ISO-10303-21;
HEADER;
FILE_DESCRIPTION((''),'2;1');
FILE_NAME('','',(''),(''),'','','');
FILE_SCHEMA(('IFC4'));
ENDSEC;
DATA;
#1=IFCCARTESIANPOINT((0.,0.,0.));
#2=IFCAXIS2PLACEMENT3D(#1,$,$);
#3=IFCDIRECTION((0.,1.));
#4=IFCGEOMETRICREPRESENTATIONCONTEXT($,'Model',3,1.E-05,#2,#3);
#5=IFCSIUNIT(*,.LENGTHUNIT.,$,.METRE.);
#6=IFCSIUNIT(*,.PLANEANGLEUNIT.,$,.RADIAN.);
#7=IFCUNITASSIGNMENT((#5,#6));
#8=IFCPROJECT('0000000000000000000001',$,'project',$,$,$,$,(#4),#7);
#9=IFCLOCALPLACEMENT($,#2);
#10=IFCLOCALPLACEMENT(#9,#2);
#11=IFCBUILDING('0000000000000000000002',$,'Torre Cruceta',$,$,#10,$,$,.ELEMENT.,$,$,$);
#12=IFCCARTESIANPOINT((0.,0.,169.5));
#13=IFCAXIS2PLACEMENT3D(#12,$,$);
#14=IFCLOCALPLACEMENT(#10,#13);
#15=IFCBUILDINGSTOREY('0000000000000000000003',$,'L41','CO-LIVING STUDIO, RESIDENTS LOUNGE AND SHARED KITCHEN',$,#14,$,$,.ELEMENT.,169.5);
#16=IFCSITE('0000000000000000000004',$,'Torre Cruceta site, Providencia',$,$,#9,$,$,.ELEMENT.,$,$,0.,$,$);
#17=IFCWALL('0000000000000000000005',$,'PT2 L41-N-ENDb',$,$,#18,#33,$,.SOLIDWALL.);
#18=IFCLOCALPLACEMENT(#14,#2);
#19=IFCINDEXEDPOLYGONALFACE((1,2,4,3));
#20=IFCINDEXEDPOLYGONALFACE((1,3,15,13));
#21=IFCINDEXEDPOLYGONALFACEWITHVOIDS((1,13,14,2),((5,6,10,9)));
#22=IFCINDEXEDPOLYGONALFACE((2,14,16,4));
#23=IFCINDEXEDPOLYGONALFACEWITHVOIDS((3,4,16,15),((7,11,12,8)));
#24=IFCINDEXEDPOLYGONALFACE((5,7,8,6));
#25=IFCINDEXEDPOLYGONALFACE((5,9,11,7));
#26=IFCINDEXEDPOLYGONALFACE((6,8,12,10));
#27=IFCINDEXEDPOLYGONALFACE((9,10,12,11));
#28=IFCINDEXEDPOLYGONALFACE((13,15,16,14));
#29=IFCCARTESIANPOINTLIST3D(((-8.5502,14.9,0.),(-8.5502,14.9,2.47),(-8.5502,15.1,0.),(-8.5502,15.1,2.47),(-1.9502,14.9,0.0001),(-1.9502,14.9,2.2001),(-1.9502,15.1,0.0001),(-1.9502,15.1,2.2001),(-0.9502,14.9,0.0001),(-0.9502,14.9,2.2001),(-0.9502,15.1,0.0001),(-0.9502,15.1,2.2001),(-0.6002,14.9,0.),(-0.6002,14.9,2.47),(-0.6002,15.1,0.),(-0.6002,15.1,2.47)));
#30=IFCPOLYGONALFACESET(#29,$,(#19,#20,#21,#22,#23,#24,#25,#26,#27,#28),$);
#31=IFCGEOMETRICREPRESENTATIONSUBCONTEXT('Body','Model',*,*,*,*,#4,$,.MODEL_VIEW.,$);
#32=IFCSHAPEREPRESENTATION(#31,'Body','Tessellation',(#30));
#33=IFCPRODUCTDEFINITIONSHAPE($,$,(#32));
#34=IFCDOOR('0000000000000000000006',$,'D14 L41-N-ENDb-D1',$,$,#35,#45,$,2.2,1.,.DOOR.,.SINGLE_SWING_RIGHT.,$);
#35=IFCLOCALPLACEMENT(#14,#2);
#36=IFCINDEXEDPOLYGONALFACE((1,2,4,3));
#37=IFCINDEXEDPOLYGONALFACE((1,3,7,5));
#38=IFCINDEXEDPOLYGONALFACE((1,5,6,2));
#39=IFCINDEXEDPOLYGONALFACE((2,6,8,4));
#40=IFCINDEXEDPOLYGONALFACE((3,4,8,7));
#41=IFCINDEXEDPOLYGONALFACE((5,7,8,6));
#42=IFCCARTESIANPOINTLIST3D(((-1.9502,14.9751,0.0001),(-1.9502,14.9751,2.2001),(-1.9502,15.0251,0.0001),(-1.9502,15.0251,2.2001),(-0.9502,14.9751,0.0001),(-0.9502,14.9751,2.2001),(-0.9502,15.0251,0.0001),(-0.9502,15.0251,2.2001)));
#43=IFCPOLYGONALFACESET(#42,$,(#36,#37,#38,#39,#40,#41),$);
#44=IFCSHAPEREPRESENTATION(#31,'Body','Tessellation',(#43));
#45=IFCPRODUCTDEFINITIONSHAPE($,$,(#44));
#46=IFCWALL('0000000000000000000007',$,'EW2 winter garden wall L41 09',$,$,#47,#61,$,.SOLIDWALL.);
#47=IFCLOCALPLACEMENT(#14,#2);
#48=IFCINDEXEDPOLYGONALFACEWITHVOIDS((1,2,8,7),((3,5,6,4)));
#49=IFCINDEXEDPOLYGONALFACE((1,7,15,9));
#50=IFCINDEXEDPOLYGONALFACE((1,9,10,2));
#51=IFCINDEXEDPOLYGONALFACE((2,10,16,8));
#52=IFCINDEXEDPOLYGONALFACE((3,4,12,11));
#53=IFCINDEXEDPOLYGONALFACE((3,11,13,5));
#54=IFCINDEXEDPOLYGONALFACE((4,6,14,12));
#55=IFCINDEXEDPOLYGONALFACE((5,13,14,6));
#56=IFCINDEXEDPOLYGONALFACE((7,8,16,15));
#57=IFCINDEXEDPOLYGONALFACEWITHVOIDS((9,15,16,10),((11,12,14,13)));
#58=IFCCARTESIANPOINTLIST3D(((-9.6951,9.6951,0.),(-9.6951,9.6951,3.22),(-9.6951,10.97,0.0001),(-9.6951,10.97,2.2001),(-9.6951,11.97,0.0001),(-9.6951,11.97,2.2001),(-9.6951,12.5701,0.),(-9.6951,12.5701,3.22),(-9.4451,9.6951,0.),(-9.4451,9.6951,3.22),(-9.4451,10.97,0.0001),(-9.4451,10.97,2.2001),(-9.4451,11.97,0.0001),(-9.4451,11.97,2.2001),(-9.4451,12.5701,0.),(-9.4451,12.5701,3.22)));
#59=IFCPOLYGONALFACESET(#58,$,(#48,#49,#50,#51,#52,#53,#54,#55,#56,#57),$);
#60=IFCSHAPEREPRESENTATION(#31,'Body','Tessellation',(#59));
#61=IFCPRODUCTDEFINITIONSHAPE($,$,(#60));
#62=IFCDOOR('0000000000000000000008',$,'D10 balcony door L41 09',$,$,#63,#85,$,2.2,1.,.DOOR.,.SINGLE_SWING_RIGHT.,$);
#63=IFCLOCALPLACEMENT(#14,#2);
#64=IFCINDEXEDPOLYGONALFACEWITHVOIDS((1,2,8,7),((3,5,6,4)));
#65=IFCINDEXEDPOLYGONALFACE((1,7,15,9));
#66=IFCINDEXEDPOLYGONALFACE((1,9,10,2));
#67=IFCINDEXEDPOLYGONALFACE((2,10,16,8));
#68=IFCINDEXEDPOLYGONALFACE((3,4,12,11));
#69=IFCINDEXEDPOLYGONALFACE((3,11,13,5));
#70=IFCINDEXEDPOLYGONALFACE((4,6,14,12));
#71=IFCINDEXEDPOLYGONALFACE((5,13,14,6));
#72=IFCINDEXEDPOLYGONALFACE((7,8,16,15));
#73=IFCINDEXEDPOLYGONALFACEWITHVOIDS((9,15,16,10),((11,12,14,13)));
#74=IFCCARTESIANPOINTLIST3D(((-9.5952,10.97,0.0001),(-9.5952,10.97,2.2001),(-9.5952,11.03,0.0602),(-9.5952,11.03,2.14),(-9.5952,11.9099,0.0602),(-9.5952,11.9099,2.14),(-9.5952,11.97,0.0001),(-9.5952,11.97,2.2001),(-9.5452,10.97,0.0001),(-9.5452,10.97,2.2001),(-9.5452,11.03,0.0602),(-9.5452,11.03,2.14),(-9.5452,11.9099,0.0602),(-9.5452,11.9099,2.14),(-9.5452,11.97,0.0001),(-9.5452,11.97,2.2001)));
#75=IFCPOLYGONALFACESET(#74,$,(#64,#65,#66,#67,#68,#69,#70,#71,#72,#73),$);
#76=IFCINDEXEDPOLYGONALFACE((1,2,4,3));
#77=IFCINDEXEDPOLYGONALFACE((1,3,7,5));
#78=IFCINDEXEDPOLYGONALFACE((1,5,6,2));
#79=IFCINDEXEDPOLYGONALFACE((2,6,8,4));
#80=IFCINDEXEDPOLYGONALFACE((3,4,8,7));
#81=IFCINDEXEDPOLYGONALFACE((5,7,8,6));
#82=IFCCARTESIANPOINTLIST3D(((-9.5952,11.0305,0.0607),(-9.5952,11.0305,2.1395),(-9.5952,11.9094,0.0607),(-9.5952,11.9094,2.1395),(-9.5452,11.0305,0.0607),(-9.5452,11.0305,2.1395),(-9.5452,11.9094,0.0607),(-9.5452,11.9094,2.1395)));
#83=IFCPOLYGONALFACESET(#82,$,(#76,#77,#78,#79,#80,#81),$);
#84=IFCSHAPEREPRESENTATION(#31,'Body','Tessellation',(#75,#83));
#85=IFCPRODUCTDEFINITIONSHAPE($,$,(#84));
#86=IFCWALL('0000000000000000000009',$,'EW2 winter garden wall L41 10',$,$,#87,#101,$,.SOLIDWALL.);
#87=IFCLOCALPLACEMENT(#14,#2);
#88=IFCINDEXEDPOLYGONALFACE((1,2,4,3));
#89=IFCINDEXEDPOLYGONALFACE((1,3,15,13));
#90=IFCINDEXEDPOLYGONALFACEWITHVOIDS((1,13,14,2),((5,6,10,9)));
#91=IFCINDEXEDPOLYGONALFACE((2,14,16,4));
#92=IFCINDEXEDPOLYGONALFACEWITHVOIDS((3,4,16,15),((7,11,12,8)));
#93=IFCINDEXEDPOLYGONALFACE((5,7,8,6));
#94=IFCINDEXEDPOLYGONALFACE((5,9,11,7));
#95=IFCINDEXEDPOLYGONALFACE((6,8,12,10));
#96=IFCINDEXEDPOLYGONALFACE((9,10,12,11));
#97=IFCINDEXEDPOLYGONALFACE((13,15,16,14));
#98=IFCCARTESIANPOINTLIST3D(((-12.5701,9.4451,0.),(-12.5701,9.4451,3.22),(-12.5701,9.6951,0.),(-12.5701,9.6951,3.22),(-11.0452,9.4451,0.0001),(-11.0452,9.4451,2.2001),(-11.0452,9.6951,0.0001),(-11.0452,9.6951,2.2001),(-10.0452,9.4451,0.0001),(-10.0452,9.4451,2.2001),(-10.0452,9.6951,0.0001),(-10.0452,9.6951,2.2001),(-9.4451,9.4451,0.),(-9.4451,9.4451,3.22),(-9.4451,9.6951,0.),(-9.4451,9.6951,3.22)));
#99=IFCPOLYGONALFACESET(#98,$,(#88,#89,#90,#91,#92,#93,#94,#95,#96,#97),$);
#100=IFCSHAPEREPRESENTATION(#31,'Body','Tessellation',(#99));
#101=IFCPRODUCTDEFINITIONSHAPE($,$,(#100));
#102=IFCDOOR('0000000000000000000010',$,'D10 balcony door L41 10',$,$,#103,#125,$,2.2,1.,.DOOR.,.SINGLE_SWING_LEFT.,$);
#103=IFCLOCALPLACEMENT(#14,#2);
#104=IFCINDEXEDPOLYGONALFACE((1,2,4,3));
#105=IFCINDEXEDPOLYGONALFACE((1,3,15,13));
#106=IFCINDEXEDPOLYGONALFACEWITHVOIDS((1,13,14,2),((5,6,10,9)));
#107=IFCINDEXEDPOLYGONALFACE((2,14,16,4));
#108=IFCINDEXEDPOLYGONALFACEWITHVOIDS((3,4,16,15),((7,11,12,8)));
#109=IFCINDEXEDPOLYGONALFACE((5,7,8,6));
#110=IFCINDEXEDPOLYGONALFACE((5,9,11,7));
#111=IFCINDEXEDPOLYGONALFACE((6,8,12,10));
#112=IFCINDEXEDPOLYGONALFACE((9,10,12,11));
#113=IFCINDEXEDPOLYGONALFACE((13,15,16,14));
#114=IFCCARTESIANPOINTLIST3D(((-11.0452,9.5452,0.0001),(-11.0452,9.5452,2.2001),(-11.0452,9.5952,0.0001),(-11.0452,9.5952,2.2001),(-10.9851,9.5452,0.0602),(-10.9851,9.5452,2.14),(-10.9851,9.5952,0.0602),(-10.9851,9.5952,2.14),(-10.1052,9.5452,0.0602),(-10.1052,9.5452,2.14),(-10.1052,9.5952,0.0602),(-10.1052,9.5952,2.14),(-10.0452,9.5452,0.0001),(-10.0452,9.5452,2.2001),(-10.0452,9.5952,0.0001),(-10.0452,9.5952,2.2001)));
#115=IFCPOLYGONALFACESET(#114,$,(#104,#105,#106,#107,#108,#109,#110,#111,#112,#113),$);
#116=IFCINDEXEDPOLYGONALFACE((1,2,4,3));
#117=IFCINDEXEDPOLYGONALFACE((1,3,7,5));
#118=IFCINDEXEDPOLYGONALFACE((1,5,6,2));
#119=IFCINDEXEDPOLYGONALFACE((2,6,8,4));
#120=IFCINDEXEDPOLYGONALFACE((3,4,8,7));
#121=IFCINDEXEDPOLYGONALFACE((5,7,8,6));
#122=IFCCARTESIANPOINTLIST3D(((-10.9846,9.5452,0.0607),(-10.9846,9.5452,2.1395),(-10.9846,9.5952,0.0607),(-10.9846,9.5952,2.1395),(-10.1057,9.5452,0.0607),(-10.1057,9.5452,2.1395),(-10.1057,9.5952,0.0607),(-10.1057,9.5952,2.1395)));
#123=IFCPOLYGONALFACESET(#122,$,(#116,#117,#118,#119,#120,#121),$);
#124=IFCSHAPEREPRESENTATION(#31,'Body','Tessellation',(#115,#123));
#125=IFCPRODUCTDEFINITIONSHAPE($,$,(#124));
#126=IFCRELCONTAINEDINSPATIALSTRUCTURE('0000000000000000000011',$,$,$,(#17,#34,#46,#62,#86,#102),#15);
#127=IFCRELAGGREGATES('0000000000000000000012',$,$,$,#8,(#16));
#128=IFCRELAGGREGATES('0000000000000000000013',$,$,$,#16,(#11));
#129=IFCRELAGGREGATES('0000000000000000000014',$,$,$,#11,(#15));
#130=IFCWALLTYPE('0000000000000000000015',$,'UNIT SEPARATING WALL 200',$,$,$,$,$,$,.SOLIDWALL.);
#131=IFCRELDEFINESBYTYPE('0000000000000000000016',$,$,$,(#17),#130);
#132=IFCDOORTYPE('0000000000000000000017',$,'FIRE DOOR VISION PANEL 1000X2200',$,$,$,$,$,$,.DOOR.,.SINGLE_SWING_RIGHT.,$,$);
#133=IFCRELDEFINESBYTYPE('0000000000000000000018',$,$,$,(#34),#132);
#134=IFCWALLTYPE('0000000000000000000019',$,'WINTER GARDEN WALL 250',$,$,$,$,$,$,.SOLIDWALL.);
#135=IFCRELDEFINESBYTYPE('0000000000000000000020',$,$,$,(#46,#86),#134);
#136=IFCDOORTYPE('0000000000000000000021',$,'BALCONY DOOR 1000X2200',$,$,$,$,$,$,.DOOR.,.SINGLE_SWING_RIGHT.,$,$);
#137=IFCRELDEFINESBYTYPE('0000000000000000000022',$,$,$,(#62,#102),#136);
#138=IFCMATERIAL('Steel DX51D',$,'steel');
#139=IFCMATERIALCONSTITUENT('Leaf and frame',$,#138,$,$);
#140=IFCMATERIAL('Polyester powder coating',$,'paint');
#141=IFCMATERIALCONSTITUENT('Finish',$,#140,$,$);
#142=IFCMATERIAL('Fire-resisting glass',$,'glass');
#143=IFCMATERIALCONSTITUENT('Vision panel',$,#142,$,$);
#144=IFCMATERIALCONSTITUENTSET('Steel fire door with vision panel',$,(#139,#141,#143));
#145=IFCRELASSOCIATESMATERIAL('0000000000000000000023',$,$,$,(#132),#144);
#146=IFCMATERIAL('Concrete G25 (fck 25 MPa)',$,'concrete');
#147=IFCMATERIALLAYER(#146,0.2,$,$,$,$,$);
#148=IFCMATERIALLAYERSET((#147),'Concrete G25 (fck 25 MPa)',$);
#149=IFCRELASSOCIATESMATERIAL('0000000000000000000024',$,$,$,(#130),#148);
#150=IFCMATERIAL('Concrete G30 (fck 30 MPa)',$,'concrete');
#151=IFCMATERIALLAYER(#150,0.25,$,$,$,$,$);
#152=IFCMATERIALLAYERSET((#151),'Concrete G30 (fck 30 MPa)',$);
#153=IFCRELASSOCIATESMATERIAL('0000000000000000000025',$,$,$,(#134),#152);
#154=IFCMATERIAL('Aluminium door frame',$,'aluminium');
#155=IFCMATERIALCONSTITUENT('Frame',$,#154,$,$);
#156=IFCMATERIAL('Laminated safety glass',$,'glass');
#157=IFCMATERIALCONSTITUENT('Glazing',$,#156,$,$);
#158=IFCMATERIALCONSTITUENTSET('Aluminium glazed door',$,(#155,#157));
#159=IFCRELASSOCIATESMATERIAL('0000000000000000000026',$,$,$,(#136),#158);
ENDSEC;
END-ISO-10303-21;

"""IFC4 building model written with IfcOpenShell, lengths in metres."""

from ifc_helpers import new_model, si_unit, direction, frame, frame_2d, origin, place, context, subcontext, project, spatial, rectangle, hollow_rectangle, extrude, material, layer, layer_set, constituent, constituent_set, type_object, element, fill, save


model = new_model("IFC4")

# Units and contexts
model_context = context("Model", 3, precision=1e-05, world=origin(), true_north=direction((0.0, 1.0)))
body_context = subcontext(model_context, "Body", "Model", "MODEL_VIEW")
ifc_project = project(units=[si_unit("LENGTHUNIT", "METRE"), si_unit("PLANEANGLEUNIT", "RADIAN")], contexts=[model_context])

# Site, building, storey
site_placement = place(None, origin())
site = spatial("IfcSite", under=ifc_project, at=site_placement, Name="Torre Cruceta site, Providencia", CompositionType="ELEMENT", RefElevation=0.0)
building_placement = place(site_placement, origin())
building = spatial("IfcBuilding", under=site, at=building_placement, Name="Torre Cruceta", CompositionType="ELEMENT")
storey_placement = place(building_placement, frame((0.0, 0.0, 169.5)))
storey = spatial("IfcBuildingStorey", under=building, at=storey_placement, Name="L41", Description="CO-LIVING STUDIO, RESIDENTS LOUNGE AND SHARED KITCHEN", CompositionType="ELEMENT", Elevation=169.5)

# Shared definitions
ifc_material_1 = material(Name="Steel DX51D", Category="steel")
ifc_constituent_1 = constituent(ifc_material_1, Name="Leaf and frame")
ifc_material_2 = material(Name="Polyester powder coating", Category="paint")
ifc_constituent_2 = constituent(ifc_material_2, Name="Finish")
ifc_material_3 = material(Name="Fire-resisting glass", Category="glass")
ifc_constituent_3 = constituent(ifc_material_3, Name="Vision panel")
ifc_constituent_set_1 = constituent_set(constituents=[ifc_constituent_1, ifc_constituent_2, ifc_constituent_3], Name="Steel fire door with vision panel")
door_type_1 = type_object("IfcDoorType", Name="FIRE DOOR VISION PANEL 1000X2200", OperationType="SINGLE_SWING_RIGHT", PredefinedType="DOOR", material=ifc_constituent_set_1)

# Walls, openings, doors
ifc_material_4 = material(Name="Concrete G25 (fck 25 MPa)", Category="concrete")
ifc_layer_1 = layer(ifc_material_4, 0.2)
ifc_layer_set_1 = layer_set([ifc_layer_1], Name="Concrete G25 (fck 25 MPa)")
wall_type_1 = type_object("IfcWallType", Name="UNIT SEPARATING WALL 200", PredefinedType="SOLIDWALL", material=ifc_layer_set_1)
wall_1_placement = place(storey_placement, frame((-0.6001, 15.0, 0.0), z_axis=(0.0, 0.0, 1.0), x_axis=(-1.0, 0.0, 0.0)))
wall_1 = element("IfcWall", 1, at=wall_1_placement, inside=storey, type_object=wall_type_1, Name="PT2 L41-N-ENDb", PredefinedType="SOLIDWALL", context=body_context, shape_type="SweptSolid", body=[
    extrude(rectangle(XDim=7.95, YDim=0.2, at=frame_2d((3.9751, 0.0))), origin(), (0.0, 0.0, 1.0), 2.47),
])
opening_1_placement = place(wall_1_placement, frame((0.3501, 0.0, 0.0)))
opening_1 = element("IfcOpeningElement", 2, at=opening_1_placement, cuts=wall_1, PredefinedType="OPENING", context=body_context, shape_type="SweptSolid", body=[
    extrude(rectangle(XDim=1.0, YDim=2.2, at=frame_2d((0.5, 1.1001))), frame((0.0, 0.1099, 0.0), z_axis=(0.0, -1.0, 0.0), x_axis=(1.0, 0.0, 0.0)), (0.0, 0.0, 1.0), 0.22),
])
door_1_placement = place(opening_1_placement, frame((1.0, 0.0, 0.0), z_axis=(0.0, 0.0, 1.0), x_axis=(-1.0, 0.0, 0.0)))
door_1 = element("IfcDoor", 3, at=door_1_placement, inside=storey, type_object=door_type_1, Name="D14 L41-N-ENDb-D1", OperationType="SINGLE_SWING_RIGHT", OverallHeight=2.2, OverallWidth=1.0, PredefinedType="DOOR", context=body_context, shape_type="SweptSolid", body=[
    extrude(rectangle(XDim=1.0, YDim=2.2, at=frame_2d((0.5, 1.1001))), frame((0.0, 0.0251, 0.0), z_axis=(0.0, -1.0, 0.0), x_axis=(1.0, 0.0, 0.0)), (0.0, 0.0, 1.0), 0.05),
])
fill(opening_1, door_1)
ifc_material_5 = material(Name="Concrete G30 (fck 30 MPa)", Category="concrete")
ifc_layer_2 = layer(ifc_material_5, 0.25)
ifc_layer_set_2 = layer_set([ifc_layer_2], Name="Concrete G30 (fck 30 MPa)")
wall_type_2 = type_object("IfcWallType", Name="WINTER GARDEN WALL 250", PredefinedType="SOLIDWALL", material=ifc_layer_set_2)
wall_2_placement = place(storey_placement, frame((-9.5701, 12.5701, 0.0), z_axis=(0.0, 0.0, 1.0), x_axis=(0.0, -1.0, 0.0)))
wall_2 = element("IfcWall", 4, at=wall_2_placement, inside=storey, type_object=wall_type_2, Name="EW2 winter garden wall L41 09", PredefinedType="SOLIDWALL", context=body_context, shape_type="SweptSolid", body=[
    extrude(rectangle(XDim=2.875, YDim=0.25, at=frame_2d((1.4375, 0.0))), origin(), (0.0, 0.0, 1.0), 3.22),
])
opening_2_placement = place(wall_2_placement, frame((0.6001, 0.0, 0.0)))
opening_2 = element("IfcOpeningElement", 5, at=opening_2_placement, cuts=wall_2, PredefinedType="OPENING", context=body_context, shape_type="SweptSolid", body=[
    extrude(rectangle(XDim=1.0, YDim=2.2, at=frame_2d((0.5, 1.1001))), frame((0.0, 0.135, 0.0), z_axis=(0.0, -1.0, 0.0), x_axis=(1.0, 0.0, 0.0)), (0.0, 0.0, 1.0), 0.27),
])
ifc_material_6 = material(Name="Aluminium door frame", Category="aluminium")
ifc_constituent_4 = constituent(ifc_material_6, Name="Frame")
ifc_material_7 = material(Name="Laminated safety glass", Category="glass")
ifc_constituent_5 = constituent(ifc_material_7, Name="Glazing")
ifc_constituent_set_2 = constituent_set(constituents=[ifc_constituent_4, ifc_constituent_5], Name="Aluminium glazed door")
door_type_2 = type_object("IfcDoorType", Name="BALCONY DOOR 1000X2200", OperationType="SINGLE_SWING_RIGHT", PredefinedType="DOOR", material=ifc_constituent_set_2)
door_2_placement = place(opening_2_placement, origin())
door_2 = element("IfcDoor", 6, at=door_2_placement, inside=storey, type_object=door_type_2, Name="D10 balcony door L41 09", OperationType="SINGLE_SWING_RIGHT", OverallHeight=2.2, OverallWidth=1.0, PredefinedType="DOOR", context=body_context, shape_type="SweptSolid", body=[
    extrude(hollow_rectangle(XDim=1.0, YDim=2.2, WallThickness=0.0601, at=frame_2d((0.5, 1.1001))), frame((0.0, 0.0249, 0.0), z_axis=(0.0, -1.0, 0.0), x_axis=(1.0, 0.0, 0.0)), (0.0, 0.0, 1.0), 0.05),
    extrude(rectangle(XDim=0.8789, YDim=2.0789, at=frame_2d((0.5, 1.1001))), frame((0.0, 0.0249, 0.0), z_axis=(0.0, -1.0, 0.0), x_axis=(1.0, 0.0, 0.0)), (0.0, 0.0, 1.0), 0.05),
])
fill(opening_2, door_2)
wall_3_placement = place(storey_placement, frame((-9.4451, 9.5701, 0.0), z_axis=(0.0, 0.0, 1.0), x_axis=(-1.0, 0.0, 0.0)))
wall_3 = element("IfcWall", 7, at=wall_3_placement, inside=storey, type_object=wall_type_2, Name="EW2 winter garden wall L41 10", PredefinedType="SOLIDWALL", context=body_context, shape_type="SweptSolid", body=[
    extrude(rectangle(XDim=3.125, YDim=0.25, at=frame_2d((1.5625, 0.0))), origin(), (0.0, 0.0, 1.0), 3.22),
])
opening_3_placement = place(wall_3_placement, frame((0.6001, 0.0, 0.0)))
opening_3 = element("IfcOpeningElement", 8, at=opening_3_placement, cuts=wall_3, PredefinedType="OPENING", context=body_context, shape_type="SweptSolid", body=[
    extrude(rectangle(XDim=1.0, YDim=2.2, at=frame_2d((0.5, 1.1001))), frame((0.0, 0.135, 0.0), z_axis=(0.0, -1.0, 0.0), x_axis=(1.0, 0.0, 0.0)), (0.0, 0.0, 1.0), 0.27),
])
door_3_placement = place(opening_3_placement, origin())
door_3 = element("IfcDoor", 9, at=door_3_placement, inside=storey, type_object=door_type_2, Name="D10 balcony door L41 10", OperationType="SINGLE_SWING_LEFT", OverallHeight=2.2, OverallWidth=1.0, PredefinedType="DOOR", context=body_context, shape_type="SweptSolid", body=[
    extrude(hollow_rectangle(XDim=1.0, YDim=2.2, WallThickness=0.0601, at=frame_2d((0.5, 1.1001))), frame((0.0, 0.0249, 0.0), z_axis=(0.0, -1.0, 0.0), x_axis=(1.0, 0.0, 0.0)), (0.0, 0.0, 1.0), 0.05),
    extrude(rectangle(XDim=0.8789, YDim=2.0789, at=frame_2d((0.5, 1.1001))), frame((0.0, 0.0249, 0.0), z_axis=(0.0, -1.0, 0.0), x_axis=(1.0, 0.0, 0.0)), (0.0, 0.0, 1.0), 0.05),
])
fill(opening_3, door_3)

save(model, "model.ifc")
